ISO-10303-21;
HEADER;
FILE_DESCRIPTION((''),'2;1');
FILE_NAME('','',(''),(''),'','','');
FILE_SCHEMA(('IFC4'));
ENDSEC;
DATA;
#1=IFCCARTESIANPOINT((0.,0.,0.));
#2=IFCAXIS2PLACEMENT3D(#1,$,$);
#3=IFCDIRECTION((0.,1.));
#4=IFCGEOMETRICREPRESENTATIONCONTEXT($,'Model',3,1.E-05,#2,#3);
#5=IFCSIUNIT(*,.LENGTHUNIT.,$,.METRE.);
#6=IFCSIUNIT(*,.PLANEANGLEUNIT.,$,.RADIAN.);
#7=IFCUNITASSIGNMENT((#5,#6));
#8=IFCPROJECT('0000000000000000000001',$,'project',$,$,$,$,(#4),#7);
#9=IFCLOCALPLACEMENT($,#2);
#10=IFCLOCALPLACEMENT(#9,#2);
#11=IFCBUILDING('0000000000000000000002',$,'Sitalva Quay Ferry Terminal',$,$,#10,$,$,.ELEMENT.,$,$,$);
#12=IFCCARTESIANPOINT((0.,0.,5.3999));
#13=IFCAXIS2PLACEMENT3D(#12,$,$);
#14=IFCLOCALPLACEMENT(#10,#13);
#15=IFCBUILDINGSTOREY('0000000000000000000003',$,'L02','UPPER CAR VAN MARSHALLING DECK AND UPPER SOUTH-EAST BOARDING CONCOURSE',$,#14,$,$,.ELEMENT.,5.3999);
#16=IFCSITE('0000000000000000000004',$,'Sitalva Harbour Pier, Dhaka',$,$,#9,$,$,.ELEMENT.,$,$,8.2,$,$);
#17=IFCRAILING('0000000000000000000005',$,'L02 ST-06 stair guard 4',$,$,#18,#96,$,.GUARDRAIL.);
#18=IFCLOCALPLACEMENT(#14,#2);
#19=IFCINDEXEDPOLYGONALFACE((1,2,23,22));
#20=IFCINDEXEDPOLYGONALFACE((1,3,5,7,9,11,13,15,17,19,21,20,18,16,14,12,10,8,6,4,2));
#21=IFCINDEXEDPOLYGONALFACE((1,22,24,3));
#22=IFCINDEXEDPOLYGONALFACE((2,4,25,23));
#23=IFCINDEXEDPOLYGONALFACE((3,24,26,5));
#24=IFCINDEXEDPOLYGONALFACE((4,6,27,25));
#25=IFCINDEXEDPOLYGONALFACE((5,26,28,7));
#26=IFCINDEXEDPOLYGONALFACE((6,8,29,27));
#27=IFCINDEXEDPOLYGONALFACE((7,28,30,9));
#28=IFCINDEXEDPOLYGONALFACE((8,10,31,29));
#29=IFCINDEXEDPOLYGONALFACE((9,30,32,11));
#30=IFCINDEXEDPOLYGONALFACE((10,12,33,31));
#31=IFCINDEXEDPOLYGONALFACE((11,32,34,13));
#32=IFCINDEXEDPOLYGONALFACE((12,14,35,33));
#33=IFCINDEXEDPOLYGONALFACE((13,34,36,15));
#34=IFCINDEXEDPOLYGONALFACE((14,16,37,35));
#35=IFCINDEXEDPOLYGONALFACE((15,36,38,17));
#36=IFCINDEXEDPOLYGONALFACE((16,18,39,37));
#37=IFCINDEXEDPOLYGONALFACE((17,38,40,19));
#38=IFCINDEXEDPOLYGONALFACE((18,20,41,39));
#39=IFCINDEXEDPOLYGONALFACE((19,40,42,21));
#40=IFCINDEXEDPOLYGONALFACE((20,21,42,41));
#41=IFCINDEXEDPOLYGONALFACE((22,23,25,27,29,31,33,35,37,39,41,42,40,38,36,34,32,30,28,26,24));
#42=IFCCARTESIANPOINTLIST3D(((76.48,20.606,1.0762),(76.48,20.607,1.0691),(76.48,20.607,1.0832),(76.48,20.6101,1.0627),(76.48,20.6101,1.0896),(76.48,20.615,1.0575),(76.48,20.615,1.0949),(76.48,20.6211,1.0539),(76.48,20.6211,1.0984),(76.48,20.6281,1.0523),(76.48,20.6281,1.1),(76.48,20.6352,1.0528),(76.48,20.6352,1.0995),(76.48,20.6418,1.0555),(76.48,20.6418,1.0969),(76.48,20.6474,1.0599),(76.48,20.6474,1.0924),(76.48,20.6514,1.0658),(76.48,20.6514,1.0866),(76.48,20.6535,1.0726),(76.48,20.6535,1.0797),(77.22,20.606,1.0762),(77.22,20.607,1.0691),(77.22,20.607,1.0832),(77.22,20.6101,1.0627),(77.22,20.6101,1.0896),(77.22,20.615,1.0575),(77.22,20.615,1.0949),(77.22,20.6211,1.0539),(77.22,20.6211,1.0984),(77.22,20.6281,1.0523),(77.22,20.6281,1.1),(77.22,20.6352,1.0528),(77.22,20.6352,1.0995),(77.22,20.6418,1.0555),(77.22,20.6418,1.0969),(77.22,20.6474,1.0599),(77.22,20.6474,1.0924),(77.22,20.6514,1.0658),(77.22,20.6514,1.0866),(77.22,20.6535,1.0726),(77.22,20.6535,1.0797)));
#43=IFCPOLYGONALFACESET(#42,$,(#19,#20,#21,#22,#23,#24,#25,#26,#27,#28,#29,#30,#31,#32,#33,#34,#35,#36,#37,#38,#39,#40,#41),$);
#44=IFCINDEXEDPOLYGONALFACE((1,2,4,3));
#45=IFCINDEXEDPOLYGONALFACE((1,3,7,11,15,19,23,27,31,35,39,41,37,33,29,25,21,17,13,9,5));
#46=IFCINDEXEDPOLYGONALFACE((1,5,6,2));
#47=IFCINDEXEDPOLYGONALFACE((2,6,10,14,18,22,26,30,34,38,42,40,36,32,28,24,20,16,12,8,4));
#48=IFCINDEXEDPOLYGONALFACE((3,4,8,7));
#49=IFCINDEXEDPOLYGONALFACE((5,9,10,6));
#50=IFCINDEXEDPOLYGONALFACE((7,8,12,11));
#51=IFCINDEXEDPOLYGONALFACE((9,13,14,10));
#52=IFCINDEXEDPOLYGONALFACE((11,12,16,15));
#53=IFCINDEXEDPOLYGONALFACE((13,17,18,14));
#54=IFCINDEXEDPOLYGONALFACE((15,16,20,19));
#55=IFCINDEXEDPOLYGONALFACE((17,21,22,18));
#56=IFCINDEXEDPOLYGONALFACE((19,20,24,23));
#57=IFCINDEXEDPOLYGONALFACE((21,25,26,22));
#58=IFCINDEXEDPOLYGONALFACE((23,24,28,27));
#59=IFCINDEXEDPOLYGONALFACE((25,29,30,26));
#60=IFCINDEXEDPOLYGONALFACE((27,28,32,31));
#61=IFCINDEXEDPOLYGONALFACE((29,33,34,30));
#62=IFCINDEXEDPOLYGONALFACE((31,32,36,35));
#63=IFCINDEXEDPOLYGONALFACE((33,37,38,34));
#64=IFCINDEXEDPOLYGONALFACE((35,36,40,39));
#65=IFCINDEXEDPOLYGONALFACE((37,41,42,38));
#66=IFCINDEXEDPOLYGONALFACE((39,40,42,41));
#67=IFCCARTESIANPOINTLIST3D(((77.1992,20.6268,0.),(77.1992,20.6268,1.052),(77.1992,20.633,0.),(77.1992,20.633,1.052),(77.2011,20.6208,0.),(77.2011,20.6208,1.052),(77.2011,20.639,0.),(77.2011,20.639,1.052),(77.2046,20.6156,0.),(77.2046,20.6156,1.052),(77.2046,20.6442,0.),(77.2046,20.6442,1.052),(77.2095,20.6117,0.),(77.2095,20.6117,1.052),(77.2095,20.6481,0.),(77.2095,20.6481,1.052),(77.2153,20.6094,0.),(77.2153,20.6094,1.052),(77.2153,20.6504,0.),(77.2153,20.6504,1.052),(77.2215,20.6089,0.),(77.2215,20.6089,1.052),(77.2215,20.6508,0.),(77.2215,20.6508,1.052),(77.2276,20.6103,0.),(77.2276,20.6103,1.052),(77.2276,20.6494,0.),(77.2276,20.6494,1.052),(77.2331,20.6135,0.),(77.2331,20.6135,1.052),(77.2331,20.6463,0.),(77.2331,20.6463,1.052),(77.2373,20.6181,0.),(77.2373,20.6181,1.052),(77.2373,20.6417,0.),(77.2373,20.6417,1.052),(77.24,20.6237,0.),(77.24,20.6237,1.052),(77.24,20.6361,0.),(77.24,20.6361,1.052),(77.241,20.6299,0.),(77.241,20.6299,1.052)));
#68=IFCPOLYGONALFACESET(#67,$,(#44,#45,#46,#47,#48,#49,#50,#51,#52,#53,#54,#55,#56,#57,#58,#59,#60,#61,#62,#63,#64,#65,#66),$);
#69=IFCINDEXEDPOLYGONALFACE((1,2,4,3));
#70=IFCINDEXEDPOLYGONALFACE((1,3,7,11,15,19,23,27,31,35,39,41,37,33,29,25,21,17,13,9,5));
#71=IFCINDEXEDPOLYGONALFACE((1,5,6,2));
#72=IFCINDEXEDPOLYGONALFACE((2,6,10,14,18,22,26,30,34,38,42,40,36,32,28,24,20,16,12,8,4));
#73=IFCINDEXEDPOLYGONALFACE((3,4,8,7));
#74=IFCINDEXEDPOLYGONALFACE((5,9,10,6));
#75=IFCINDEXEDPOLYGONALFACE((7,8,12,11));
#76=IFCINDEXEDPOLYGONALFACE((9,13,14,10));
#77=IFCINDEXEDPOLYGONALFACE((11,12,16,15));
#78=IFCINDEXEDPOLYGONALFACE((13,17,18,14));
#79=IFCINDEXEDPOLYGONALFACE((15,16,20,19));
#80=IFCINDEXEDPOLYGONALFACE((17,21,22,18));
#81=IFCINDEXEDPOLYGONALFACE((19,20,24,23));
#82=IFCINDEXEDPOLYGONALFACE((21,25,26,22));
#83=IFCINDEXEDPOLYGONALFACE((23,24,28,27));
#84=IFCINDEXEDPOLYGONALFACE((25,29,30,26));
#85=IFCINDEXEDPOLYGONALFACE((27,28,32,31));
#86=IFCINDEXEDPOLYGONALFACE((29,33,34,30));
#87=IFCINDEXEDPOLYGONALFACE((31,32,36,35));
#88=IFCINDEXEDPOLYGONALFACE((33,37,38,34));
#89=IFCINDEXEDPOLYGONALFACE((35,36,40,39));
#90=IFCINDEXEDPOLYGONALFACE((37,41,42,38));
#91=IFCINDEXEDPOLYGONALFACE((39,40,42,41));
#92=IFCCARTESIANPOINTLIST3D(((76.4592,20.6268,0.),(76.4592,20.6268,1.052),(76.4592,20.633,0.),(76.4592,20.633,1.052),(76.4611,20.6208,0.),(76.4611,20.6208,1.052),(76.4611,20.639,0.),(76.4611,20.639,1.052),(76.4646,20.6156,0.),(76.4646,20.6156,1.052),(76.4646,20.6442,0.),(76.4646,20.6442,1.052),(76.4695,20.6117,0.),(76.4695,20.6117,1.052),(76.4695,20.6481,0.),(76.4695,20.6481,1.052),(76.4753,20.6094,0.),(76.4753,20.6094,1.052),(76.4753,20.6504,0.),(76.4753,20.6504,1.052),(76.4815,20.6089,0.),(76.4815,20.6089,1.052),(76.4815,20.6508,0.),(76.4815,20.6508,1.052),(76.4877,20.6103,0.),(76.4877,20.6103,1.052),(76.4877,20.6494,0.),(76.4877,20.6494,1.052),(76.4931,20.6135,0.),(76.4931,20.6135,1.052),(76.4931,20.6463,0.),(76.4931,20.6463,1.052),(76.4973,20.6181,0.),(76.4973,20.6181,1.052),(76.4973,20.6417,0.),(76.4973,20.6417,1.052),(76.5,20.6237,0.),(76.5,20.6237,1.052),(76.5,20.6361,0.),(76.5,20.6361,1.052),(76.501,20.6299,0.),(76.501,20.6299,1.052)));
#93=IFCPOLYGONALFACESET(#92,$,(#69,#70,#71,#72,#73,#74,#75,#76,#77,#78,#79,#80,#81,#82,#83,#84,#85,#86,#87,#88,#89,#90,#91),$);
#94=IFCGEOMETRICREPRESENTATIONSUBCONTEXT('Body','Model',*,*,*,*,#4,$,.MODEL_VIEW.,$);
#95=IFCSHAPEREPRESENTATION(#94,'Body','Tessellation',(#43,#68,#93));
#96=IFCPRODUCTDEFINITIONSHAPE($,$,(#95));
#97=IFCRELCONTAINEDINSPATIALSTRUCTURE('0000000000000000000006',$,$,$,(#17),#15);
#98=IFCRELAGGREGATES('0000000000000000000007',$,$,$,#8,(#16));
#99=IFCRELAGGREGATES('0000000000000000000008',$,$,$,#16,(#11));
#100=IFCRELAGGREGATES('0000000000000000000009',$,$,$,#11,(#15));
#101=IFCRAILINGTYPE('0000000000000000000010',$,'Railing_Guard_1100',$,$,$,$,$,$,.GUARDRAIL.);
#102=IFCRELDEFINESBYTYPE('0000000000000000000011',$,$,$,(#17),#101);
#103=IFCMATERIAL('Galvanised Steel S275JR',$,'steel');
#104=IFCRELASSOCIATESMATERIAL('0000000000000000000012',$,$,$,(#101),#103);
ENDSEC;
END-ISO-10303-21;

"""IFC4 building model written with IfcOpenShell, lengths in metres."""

from ifc_helpers import new_model, si_unit, direction, frame, origin, origin_2d, place, context, subcontext, project, spatial, circle, extrude, material, type_object, element, save


model = new_model("IFC4")

# Units and contexts
model_context = context("Model", 3, precision=1e-05, world=origin(), true_north=direction((0.0, 1.0)))
body_context = subcontext(model_context, "Body", "Model", "MODEL_VIEW")
ifc_project = project(units=[si_unit("LENGTHUNIT", "METRE"), si_unit("PLANEANGLEUNIT", "RADIAN")], contexts=[model_context])

# Site, building, storey
site_placement = place(None, origin())
site = spatial("IfcSite", under=ifc_project, at=site_placement, Name="Sitalva Harbour Pier, Dhaka", CompositionType="ELEMENT", RefElevation=8.2)
building_placement = place(site_placement, origin())
building = spatial("IfcBuilding", under=site, at=building_placement, Name="Sitalva Quay Ferry Terminal", CompositionType="ELEMENT")
storey_placement = place(building_placement, frame((0.0, 0.0, 5.3999)))
storey = spatial("IfcBuildingStorey", under=building, at=storey_placement, Name="L02", Description="UPPER CAR VAN MARSHALLING DECK AND UPPER SOUTH-EAST BOARDING CONCOURSE", CompositionType="ELEMENT", Elevation=5.3999)

# Railing
ifc_material_1 = material(Name="Galvanised Steel S275JR", Category="steel")
railing_type_1 = type_object("IfcRailingType", Name="Railing_Guard_1100", PredefinedType="GUARDRAIL", material=ifc_material_1)
railing_1_placement = place(storey_placement, frame((77.22, 20.6299, 0.0)))
element("IfcRailing", 1, at=railing_1_placement, inside=storey, type_object=railing_type_1, Name="L02 ST-06 stair guard 4", PredefinedType="GUARDRAIL", context=body_context, shape_type="SweptSolid", body=[
    extrude(circle(Radius=0.0239, at=origin_2d()), frame((0.0, 0.0, 1.0762), z_axis=(-1.0, 0.0, 0.0), x_axis=(0.0, -1.0, 0.0)), (0.0, 0.0, 1.0), 0.74),
    extrude(circle(Radius=0.021, at=origin_2d()), origin(), (0.0, 0.0, 1.0), 1.052),
    extrude(circle(Radius=0.021, at=origin_2d()), frame((-0.74, 0.0, 0.0)), (0.0, 0.0, 1.0), 1.052),
])

save(model, "model.ifc")
